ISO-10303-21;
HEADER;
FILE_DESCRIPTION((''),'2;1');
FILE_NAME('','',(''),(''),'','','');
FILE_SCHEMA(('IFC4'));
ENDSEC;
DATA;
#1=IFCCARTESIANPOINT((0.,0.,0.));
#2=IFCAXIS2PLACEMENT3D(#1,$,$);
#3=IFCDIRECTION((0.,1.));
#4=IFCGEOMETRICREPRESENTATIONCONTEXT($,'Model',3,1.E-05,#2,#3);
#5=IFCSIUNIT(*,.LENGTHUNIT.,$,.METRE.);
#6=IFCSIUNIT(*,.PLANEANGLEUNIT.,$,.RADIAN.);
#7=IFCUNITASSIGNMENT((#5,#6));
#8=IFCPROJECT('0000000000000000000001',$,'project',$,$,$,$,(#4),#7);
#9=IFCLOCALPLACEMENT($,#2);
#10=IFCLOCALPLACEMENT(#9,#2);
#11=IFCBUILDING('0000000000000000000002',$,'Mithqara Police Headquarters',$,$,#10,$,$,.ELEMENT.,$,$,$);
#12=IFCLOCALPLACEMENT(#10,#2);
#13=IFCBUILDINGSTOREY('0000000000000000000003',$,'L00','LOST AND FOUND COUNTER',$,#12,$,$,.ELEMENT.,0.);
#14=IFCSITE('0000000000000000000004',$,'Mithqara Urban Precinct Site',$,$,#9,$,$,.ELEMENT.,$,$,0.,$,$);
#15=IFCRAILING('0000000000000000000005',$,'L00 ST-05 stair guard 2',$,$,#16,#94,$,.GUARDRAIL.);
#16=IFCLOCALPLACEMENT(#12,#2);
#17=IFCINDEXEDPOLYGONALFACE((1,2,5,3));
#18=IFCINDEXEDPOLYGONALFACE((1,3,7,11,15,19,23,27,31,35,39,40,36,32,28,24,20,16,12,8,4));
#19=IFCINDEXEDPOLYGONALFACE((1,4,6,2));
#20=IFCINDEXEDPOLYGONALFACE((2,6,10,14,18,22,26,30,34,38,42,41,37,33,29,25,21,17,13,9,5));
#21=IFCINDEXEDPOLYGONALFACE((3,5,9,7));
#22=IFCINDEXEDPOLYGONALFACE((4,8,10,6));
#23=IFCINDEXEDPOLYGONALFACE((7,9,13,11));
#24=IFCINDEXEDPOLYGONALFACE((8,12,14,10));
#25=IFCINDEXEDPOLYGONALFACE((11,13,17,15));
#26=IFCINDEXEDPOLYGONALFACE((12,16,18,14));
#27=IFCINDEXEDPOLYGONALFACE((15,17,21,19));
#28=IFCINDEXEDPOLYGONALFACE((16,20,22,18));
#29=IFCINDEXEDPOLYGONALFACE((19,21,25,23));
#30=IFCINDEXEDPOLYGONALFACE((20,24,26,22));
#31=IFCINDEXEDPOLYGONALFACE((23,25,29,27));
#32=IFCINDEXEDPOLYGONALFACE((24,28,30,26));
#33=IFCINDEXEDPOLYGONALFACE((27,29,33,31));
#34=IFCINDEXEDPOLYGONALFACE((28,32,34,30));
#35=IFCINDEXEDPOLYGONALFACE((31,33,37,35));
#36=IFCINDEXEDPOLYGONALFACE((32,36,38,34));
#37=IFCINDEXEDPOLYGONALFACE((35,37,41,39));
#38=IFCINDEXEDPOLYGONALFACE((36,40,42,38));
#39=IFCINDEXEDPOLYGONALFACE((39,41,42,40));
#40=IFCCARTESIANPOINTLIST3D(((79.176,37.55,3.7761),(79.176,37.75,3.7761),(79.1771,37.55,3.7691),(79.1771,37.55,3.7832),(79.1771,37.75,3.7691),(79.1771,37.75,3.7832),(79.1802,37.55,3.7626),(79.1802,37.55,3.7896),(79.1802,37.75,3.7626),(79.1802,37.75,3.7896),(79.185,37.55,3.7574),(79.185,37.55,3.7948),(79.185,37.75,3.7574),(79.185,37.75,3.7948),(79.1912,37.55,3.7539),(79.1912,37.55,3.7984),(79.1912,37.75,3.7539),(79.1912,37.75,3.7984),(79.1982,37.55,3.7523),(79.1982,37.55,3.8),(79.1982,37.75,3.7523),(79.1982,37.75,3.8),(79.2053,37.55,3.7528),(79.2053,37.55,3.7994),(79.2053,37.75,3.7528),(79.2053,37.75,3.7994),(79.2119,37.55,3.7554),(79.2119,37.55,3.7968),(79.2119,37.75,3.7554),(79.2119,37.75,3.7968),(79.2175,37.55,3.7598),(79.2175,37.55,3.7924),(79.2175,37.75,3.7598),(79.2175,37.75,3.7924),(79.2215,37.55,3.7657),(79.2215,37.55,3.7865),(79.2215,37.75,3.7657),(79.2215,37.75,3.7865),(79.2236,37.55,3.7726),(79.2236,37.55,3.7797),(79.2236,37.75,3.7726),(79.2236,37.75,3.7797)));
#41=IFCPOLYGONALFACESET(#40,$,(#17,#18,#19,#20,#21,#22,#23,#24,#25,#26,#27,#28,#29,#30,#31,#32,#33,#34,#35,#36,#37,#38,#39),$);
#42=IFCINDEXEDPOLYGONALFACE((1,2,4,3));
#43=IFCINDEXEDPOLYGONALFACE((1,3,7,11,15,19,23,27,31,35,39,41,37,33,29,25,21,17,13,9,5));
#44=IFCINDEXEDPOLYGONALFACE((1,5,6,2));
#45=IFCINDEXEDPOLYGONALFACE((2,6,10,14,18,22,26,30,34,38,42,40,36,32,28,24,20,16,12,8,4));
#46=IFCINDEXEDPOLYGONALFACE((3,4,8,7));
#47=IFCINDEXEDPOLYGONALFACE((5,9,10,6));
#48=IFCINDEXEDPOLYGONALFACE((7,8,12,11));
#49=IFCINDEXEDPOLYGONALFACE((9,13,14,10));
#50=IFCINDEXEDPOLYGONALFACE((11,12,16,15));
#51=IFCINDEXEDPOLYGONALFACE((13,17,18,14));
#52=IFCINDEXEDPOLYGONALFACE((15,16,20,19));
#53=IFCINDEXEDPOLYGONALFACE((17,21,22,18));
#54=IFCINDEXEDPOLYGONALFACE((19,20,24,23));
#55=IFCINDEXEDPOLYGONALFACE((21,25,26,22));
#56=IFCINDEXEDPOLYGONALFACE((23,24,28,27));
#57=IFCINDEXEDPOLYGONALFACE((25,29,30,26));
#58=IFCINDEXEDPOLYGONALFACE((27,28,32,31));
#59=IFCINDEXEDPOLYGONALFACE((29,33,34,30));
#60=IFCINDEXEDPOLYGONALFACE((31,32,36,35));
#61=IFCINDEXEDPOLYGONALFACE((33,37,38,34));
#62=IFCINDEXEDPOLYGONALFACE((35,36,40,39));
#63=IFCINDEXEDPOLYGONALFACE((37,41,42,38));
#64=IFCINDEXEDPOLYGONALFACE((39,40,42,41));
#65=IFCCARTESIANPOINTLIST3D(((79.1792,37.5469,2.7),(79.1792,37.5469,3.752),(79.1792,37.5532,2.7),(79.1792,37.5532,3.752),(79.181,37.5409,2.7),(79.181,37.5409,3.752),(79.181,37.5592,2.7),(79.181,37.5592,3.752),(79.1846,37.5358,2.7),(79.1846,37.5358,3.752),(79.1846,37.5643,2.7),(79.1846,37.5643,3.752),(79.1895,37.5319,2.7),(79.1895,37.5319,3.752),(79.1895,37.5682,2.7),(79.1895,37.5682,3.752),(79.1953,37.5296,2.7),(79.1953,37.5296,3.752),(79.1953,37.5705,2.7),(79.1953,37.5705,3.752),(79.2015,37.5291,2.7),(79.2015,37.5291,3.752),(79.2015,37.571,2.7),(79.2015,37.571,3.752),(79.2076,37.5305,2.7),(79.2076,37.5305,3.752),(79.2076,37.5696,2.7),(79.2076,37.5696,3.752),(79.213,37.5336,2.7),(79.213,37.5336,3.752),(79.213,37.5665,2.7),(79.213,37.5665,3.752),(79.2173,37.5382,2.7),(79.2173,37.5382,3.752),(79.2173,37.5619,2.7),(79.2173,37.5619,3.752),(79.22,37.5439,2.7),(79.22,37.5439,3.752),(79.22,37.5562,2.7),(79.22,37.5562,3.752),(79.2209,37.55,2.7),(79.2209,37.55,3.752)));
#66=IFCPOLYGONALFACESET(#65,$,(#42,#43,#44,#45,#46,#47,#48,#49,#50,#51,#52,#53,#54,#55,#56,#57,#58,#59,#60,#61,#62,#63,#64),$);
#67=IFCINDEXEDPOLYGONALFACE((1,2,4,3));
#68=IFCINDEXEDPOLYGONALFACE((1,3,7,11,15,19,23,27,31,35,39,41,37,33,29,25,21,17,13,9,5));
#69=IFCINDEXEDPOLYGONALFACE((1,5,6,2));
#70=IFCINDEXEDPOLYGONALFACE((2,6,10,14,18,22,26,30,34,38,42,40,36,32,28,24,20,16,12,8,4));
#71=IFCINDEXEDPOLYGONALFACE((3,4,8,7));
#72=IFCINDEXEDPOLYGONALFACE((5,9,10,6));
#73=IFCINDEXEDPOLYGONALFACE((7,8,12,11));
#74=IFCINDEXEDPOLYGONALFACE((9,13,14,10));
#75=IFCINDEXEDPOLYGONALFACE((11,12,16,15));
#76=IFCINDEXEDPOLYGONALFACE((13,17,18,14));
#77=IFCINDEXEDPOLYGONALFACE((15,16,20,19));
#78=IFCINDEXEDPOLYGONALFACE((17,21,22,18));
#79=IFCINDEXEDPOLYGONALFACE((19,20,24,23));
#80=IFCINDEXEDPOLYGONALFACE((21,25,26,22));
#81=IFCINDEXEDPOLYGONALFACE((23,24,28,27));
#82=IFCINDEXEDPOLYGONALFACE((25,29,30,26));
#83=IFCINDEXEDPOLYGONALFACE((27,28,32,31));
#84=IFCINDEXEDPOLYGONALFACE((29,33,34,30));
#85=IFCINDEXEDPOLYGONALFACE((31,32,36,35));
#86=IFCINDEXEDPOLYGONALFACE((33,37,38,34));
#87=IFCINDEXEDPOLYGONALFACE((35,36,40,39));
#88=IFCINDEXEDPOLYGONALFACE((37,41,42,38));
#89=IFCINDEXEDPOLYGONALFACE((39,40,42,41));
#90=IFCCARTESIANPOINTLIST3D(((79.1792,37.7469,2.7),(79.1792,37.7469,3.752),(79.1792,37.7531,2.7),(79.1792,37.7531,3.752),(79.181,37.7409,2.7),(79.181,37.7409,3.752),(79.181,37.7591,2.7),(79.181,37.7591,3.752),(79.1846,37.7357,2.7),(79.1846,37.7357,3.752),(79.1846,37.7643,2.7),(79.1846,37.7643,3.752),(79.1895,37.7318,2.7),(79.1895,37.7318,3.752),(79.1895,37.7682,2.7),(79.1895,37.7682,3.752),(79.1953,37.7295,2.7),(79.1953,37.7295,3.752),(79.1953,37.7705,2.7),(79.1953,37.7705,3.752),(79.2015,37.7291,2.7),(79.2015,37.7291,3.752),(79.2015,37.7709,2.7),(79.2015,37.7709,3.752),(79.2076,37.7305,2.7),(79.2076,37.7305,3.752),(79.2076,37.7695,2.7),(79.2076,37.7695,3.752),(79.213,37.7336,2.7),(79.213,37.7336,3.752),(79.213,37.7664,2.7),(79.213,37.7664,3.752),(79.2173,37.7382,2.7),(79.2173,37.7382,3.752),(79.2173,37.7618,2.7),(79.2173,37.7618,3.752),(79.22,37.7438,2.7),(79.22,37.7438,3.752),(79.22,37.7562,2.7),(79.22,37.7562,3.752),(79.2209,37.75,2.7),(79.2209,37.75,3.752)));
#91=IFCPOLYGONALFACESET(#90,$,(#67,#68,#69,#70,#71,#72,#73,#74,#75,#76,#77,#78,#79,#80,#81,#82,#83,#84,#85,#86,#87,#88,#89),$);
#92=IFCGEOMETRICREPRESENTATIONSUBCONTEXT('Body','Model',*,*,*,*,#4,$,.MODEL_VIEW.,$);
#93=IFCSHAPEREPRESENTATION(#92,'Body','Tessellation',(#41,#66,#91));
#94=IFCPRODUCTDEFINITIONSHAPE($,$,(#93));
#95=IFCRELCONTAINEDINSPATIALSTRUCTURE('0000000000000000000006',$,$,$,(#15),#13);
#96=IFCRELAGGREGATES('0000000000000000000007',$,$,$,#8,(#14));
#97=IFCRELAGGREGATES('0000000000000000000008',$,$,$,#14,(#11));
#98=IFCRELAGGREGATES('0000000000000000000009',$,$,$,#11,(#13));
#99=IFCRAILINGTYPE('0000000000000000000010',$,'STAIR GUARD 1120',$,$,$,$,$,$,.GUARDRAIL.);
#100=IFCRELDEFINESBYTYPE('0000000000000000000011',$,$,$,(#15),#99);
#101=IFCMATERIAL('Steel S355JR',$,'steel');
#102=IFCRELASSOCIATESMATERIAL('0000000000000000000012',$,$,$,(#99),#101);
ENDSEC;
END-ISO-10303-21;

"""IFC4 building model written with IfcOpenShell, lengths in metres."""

from ifc_helpers import new_model, si_unit, direction, frame, origin, origin_2d, place, context, subcontext, project, spatial, circle, extrude, material, type_object, element, save


model = new_model("IFC4")

# Units and contexts
model_context = context("Model", 3, precision=1e-05, world=origin(), true_north=direction((0.0, 1.0)))
body_context = subcontext(model_context, "Body", "Model", "MODEL_VIEW")
ifc_project = project(units=[si_unit("LENGTHUNIT", "METRE"), si_unit("PLANEANGLEUNIT", "RADIAN")], contexts=[model_context])

# Site, building, storey
site_placement = place(None, origin())
site = spatial("IfcSite", under=ifc_project, at=site_placement, Name="Mithqara Urban Precinct Site", CompositionType="ELEMENT", RefElevation=0.0)
building_placement = place(site_placement, origin())
building = spatial("IfcBuilding", under=site, at=building_placement, Name="Mithqara Police Headquarters", CompositionType="ELEMENT")
storey_placement = place(building_placement, origin())
storey = spatial("IfcBuildingStorey", under=building, at=storey_placement, Name="L00", Description="LOST AND FOUND COUNTER", CompositionType="ELEMENT", Elevation=0.0)

# Shared definitions
ifc_material_1 = material(Name="Steel S355JR", Category="steel")

# Railing
railing_type_1 = type_object("IfcRailingType", Name="STAIR GUARD 1120", PredefinedType="GUARDRAIL", material=ifc_material_1)
railing_1_placement = place(storey_placement, frame((79.2, 37.55, 2.7)))
element("IfcRailing", 1, at=railing_1_placement, inside=storey, type_object=railing_type_1, Name="L00 ST-05 stair guard 2", PredefinedType="GUARDRAIL", context=body_context, shape_type="SweptSolid", body=[
    extrude(circle(Radius=0.0239, at=origin_2d()), frame((0.0, 0.0, 1.0762), z_axis=(0.0, 1.0, 0.0), x_axis=(-1.0, 0.0, 0.0)), (0.0, 0.0, 1.0), 0.2),
    extrude(circle(Radius=0.021, at=origin_2d()), origin(), (0.0, 0.0, 1.0), 1.052),
    extrude(circle(Radius=0.021, at=origin_2d()), frame((0.0, 0.2, 0.0)), (0.0, 0.0, 1.0), 1.052),
])

save(model, "model.ifc")
